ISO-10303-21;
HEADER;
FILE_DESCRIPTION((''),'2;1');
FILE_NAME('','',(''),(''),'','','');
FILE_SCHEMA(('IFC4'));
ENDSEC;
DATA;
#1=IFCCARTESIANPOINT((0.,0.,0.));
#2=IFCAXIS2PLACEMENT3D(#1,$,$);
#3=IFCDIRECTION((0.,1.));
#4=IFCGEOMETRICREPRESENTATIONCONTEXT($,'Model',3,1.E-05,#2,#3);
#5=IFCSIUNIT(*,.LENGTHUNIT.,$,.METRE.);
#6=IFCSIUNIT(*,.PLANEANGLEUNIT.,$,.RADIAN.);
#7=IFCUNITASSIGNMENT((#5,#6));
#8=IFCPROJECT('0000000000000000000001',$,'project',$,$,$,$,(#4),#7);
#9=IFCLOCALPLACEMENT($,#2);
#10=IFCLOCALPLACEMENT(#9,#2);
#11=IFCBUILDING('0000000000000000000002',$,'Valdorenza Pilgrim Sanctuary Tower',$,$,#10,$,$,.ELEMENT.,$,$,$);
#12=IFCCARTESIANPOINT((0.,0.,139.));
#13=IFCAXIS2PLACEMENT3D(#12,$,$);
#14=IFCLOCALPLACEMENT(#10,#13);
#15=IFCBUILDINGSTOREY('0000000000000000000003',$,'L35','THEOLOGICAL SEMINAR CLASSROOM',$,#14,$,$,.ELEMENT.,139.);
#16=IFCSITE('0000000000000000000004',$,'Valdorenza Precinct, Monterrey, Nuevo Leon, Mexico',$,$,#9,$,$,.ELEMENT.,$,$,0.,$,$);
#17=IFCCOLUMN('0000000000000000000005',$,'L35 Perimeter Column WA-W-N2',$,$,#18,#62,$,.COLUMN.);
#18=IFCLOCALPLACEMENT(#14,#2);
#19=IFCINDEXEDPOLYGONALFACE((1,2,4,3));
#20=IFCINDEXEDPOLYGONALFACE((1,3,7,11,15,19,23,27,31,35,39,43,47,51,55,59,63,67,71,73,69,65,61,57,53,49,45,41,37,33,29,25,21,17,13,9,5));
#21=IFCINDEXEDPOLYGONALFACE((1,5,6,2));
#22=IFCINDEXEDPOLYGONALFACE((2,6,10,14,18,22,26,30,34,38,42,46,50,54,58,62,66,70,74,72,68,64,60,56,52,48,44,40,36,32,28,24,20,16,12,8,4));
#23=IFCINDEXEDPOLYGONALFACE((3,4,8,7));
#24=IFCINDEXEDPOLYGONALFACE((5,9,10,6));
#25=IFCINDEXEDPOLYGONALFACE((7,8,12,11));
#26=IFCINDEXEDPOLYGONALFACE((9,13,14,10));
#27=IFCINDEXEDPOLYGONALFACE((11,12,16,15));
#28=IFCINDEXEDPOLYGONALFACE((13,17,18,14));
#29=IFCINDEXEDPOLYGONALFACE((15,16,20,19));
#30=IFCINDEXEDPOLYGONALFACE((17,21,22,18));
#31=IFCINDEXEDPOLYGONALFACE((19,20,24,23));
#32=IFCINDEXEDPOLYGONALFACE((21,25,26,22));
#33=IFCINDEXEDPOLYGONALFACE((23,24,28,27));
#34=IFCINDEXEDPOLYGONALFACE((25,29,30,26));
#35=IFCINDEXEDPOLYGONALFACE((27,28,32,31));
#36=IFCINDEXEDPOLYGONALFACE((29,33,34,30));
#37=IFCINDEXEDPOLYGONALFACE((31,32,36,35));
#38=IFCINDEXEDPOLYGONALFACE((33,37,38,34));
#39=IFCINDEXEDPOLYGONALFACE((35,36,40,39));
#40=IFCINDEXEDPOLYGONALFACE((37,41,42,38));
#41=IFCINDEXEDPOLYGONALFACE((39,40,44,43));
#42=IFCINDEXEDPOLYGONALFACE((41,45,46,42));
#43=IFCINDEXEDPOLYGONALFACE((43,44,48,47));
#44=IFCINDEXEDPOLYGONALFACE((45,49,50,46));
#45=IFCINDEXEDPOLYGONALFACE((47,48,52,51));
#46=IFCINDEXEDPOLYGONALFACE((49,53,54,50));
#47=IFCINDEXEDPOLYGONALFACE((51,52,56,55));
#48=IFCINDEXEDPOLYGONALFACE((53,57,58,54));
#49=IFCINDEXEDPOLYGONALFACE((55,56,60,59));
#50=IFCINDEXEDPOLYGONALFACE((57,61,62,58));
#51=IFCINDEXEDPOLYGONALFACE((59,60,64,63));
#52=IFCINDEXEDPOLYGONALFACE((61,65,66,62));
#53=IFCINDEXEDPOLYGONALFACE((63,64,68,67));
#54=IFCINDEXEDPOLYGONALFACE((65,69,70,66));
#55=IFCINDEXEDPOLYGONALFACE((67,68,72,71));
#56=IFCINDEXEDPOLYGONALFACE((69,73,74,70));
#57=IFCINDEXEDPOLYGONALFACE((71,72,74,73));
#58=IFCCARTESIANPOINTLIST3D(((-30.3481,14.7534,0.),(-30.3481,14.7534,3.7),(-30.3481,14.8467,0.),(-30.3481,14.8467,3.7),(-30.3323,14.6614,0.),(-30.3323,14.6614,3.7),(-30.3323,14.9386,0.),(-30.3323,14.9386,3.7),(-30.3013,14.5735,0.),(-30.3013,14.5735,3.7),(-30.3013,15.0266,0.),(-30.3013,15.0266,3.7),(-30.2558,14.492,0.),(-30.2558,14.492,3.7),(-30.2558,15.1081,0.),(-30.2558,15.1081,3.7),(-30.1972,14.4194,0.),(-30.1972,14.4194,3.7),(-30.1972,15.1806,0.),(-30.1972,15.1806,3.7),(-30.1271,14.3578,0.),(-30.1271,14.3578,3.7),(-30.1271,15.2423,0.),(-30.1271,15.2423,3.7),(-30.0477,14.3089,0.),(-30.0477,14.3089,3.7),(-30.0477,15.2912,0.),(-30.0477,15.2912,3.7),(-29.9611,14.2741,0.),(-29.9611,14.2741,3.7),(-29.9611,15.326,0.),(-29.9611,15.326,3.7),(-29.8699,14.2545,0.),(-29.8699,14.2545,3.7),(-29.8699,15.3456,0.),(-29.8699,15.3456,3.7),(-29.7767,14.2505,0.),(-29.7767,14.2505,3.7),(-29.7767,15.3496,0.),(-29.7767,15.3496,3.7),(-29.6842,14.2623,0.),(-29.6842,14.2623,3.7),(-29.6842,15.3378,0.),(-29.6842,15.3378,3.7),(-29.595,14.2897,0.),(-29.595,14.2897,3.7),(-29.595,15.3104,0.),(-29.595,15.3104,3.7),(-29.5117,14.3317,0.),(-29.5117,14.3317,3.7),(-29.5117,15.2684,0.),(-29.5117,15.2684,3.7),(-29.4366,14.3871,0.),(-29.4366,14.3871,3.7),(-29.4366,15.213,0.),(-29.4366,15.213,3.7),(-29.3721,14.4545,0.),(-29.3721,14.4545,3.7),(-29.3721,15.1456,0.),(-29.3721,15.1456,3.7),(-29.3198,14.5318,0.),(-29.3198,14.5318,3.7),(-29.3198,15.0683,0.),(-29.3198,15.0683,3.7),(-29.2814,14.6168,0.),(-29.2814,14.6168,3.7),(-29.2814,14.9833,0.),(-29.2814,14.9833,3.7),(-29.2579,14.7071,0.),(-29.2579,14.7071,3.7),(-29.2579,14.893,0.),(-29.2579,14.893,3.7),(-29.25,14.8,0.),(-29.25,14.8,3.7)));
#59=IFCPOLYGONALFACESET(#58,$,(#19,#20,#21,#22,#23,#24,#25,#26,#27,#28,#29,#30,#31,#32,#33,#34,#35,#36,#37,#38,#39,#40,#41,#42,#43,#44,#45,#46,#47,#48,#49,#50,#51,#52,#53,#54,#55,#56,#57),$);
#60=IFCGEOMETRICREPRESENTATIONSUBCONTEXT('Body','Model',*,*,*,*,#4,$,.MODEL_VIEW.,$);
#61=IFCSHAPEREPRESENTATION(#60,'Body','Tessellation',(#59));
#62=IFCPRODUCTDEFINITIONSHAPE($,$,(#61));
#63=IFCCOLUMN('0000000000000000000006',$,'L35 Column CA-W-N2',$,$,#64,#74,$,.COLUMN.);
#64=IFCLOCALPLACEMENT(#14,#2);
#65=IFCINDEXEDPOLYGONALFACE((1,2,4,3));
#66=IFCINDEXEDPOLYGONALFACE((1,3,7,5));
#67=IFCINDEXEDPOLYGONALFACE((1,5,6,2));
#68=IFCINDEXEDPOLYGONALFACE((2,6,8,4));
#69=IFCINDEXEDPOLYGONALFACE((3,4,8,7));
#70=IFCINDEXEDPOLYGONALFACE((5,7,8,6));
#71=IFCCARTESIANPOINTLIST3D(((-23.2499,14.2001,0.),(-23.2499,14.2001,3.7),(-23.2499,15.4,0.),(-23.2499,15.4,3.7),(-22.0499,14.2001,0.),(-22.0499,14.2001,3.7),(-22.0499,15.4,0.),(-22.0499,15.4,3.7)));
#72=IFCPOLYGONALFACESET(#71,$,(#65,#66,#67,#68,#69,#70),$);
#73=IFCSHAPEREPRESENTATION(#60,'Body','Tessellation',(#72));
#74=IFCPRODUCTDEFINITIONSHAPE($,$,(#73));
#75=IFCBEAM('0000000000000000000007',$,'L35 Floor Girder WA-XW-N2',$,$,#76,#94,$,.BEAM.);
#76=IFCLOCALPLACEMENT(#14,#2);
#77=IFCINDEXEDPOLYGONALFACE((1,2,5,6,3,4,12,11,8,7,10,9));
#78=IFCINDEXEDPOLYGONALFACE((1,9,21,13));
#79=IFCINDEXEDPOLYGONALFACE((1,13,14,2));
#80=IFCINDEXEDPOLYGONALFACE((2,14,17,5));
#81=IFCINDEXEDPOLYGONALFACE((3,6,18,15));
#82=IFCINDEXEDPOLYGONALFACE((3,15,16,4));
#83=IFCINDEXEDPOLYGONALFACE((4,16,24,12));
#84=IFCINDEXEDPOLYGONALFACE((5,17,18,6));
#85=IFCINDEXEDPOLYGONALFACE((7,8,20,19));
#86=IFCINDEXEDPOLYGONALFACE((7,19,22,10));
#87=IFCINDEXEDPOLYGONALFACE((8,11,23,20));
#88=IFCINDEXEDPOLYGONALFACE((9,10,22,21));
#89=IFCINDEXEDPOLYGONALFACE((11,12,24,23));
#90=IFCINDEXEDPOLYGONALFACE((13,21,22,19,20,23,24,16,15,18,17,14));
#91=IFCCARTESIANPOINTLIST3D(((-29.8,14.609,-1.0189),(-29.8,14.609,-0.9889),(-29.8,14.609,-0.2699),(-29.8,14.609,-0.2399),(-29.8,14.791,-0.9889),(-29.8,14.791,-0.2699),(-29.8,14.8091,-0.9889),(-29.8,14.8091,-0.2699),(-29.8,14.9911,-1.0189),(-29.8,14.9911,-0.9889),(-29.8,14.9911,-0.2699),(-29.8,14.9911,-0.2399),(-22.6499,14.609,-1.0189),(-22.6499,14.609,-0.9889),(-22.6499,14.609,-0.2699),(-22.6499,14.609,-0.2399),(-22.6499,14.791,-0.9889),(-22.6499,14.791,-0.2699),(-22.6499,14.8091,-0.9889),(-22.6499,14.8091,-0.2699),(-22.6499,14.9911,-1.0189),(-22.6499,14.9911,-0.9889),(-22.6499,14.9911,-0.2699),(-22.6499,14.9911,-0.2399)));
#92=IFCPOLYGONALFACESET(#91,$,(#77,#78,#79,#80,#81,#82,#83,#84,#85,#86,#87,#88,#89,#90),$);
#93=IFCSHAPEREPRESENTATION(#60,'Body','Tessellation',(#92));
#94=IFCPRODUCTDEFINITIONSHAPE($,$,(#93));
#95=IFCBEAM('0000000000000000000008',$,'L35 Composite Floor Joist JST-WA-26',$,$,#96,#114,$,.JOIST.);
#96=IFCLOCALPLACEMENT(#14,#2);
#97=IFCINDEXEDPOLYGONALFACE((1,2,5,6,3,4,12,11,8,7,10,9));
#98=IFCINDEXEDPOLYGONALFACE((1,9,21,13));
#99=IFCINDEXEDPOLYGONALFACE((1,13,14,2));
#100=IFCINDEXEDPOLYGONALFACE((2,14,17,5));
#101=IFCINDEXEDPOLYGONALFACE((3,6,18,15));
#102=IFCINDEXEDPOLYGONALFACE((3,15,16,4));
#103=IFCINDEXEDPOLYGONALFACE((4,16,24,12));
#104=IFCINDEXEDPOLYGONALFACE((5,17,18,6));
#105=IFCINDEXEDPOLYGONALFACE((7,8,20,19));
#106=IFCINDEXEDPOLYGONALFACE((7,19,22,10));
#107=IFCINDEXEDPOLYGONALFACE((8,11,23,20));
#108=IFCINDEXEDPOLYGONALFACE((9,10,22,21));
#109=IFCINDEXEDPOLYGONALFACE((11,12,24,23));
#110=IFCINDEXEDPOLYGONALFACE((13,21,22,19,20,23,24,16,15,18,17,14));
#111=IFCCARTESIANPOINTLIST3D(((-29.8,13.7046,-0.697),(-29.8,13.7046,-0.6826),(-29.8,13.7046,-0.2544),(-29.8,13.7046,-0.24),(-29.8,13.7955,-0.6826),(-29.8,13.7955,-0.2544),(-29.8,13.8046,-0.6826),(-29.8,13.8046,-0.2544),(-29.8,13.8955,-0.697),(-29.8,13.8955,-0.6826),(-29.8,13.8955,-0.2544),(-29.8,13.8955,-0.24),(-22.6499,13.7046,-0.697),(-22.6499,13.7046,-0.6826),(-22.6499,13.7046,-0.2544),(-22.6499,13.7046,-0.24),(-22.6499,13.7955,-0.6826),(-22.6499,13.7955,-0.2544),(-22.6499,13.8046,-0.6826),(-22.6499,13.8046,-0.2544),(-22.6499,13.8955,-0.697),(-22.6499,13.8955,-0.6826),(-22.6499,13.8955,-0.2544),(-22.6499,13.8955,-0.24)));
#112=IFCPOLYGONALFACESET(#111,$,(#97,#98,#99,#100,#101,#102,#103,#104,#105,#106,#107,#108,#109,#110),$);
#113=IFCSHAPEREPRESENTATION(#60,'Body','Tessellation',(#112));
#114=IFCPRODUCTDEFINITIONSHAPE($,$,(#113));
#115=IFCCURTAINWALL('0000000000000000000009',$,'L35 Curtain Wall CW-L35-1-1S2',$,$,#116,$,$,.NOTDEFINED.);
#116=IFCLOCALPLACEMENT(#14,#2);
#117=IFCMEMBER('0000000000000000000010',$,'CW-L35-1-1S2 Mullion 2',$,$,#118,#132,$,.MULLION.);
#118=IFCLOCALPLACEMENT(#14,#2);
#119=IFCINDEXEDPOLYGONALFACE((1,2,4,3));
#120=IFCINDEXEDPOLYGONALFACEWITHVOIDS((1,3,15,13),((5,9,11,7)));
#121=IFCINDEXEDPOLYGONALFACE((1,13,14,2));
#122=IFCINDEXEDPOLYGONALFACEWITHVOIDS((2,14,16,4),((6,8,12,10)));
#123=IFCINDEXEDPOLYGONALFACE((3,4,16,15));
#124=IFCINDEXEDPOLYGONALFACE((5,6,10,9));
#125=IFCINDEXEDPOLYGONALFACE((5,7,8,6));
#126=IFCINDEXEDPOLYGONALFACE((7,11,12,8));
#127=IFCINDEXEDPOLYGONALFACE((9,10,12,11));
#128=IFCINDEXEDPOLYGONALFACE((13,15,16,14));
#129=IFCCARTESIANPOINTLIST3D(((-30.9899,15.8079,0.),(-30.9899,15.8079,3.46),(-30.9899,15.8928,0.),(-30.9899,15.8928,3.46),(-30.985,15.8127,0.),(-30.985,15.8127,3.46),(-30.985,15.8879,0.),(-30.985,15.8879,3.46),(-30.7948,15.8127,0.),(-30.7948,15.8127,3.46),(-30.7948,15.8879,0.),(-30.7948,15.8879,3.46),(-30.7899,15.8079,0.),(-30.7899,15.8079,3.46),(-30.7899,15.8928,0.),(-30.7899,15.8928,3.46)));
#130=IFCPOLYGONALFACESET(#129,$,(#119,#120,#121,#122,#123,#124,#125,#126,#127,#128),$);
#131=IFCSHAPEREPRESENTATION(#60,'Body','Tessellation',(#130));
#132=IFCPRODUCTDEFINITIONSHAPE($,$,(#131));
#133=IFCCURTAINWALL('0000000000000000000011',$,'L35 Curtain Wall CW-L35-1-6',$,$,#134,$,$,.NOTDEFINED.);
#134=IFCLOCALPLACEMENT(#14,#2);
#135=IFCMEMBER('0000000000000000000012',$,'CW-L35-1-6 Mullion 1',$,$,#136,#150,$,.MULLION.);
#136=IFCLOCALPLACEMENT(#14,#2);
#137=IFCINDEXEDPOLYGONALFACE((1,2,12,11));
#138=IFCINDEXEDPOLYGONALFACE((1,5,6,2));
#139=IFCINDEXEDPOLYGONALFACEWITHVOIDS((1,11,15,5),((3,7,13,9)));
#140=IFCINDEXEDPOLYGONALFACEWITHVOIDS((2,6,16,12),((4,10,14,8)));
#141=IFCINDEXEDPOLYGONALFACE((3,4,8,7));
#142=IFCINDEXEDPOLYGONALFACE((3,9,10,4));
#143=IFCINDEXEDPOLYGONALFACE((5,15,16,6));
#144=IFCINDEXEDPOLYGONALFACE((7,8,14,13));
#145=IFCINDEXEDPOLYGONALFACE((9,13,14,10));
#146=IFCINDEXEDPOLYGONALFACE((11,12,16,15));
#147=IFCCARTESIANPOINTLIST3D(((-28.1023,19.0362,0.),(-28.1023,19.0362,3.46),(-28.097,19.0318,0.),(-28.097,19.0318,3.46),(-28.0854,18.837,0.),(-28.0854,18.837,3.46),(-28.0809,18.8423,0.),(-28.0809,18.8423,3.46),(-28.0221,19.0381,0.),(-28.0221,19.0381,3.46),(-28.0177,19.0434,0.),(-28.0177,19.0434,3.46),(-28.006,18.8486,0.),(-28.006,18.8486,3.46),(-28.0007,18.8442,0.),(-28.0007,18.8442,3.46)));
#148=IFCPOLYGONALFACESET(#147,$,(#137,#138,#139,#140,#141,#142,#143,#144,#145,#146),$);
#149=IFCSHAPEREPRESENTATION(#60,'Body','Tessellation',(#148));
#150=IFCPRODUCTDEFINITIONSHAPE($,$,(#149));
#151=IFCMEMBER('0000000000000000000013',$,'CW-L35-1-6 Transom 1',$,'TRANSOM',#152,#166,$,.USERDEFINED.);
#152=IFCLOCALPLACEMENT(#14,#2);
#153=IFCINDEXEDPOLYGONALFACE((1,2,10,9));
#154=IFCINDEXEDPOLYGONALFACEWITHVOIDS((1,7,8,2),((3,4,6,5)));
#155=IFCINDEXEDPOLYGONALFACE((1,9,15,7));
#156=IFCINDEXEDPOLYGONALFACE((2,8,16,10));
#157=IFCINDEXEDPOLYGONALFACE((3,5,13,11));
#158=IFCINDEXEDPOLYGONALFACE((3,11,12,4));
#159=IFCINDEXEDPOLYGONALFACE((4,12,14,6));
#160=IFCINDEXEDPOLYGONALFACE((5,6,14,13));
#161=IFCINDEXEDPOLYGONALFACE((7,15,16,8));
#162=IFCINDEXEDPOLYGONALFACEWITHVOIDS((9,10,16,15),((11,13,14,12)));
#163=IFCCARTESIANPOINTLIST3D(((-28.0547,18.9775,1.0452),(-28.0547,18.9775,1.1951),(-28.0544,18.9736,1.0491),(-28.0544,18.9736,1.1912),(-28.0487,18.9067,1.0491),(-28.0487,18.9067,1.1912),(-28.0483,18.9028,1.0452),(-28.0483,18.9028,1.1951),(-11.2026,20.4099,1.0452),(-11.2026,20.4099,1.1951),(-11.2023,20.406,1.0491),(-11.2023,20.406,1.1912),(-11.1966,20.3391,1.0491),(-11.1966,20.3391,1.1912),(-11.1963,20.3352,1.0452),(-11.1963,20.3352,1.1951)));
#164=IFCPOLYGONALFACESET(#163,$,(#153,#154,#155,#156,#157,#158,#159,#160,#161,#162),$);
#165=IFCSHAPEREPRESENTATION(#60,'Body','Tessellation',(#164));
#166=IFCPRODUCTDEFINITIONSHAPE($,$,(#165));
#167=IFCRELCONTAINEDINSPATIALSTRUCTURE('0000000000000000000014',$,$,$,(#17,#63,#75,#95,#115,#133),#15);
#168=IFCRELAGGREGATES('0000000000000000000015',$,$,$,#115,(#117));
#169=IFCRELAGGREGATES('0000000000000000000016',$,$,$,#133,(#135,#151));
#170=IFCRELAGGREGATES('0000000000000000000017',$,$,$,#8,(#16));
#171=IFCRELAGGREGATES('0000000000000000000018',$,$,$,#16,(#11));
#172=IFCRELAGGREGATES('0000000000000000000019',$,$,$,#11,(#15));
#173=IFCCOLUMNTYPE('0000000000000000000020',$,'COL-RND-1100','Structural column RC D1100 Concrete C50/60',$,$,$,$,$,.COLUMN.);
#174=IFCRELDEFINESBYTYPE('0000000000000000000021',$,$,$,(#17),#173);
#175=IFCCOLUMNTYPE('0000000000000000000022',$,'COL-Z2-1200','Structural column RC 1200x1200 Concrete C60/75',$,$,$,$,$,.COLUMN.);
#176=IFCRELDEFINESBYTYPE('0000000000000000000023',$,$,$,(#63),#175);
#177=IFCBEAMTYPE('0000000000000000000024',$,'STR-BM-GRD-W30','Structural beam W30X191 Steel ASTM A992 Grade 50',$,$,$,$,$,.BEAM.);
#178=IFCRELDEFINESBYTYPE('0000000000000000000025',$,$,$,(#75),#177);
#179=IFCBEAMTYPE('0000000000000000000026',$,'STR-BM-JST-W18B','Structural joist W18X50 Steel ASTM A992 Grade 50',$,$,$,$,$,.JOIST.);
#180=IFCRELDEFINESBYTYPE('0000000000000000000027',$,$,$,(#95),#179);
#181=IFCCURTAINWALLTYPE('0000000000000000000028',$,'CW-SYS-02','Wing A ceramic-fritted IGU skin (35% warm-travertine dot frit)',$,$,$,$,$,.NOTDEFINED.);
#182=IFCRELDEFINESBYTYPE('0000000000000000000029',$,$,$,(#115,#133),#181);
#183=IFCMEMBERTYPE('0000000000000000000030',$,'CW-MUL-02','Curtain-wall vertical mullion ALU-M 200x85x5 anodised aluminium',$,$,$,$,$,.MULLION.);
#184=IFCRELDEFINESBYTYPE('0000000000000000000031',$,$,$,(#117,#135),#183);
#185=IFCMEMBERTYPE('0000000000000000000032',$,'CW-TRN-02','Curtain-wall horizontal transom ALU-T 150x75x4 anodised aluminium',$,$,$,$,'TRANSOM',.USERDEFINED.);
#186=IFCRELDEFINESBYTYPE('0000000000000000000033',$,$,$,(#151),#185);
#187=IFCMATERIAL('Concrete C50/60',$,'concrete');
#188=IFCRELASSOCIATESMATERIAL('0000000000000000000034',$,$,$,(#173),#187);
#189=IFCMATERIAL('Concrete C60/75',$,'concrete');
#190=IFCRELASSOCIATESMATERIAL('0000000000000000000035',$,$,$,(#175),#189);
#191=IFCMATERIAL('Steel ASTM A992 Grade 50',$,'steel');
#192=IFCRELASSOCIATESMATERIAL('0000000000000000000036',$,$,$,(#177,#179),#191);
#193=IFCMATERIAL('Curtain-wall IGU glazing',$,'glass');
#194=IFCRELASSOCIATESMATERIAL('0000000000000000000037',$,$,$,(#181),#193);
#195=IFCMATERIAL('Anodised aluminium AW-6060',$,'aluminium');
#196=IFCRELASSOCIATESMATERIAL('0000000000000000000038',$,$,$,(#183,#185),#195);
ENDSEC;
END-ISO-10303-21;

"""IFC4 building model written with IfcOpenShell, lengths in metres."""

from ifc_helpers import new_model, si_unit, direction, frame, origin, origin_2d, place, context, subcontext, project, spatial, rectangle, hollow_rectangle, circle, i_section, extrude, source, transform, mapped, material, material_profile, profile_set, type_object, element, aggregate, save


model = new_model("IFC4")

# Units and contexts
model_context = context("Model", 3, precision=1e-05, world=origin(), true_north=direction((0.0, 1.0)))
body_context = subcontext(model_context, "Body", "Model", "MODEL_VIEW")
ifc_project = project(units=[si_unit("LENGTHUNIT", "METRE"), si_unit("PLANEANGLEUNIT", "RADIAN")], contexts=[model_context])

# Site, building, storey
site_placement = place(None, origin())
site = spatial("IfcSite", under=ifc_project, at=site_placement, Name="Valdorenza Precinct, Monterrey, Nuevo Leon, Mexico", CompositionType="ELEMENT", RefElevation=0.0)
building_placement = place(site_placement, origin())
building = spatial("IfcBuilding", under=site, at=building_placement, Name="Valdorenza Pilgrim Sanctuary Tower", CompositionType="ELEMENT")
storey_placement = place(building_placement, frame((0.0, 0.0, 139.0)))
storey = spatial("IfcBuildingStorey", under=building, at=storey_placement, Name="L35", Description="THEOLOGICAL SEMINAR CLASSROOM", CompositionType="ELEMENT", Elevation=139.0)

# Columns
ifc_material_1 = material(Name="Concrete C50/60", Category="concrete")
ifc_material_profile_1 = material_profile(ifc_material_1, circle(Radius=0.55, at=origin_2d()), Name="RC D1100")
ifc_profile_set_1 = profile_set([ifc_material_profile_1], Name="Concrete C50/60")
column_type_1 = type_object("IfcColumnType", Name="COL-RND-1100", Description="Structural column RC D1100 Concrete C50/60", PredefinedType="COLUMN", material=ifc_profile_set_1)
shared_shape_1 = source(origin(), body_context, "Body", "SweptSolid", [
    extrude(circle(Radius=0.55, at=origin_2d()), origin(), (0.0, 0.0, 1.0), 3.7),
])
column_1_placement = place(storey_placement, frame((-29.8, 14.8, 0.0), z_axis=(0.0, 0.0, 1.0), x_axis=(1.0, 0.0, 0.0)))
element("IfcColumn", 1, at=column_1_placement, inside=storey, type_object=column_type_1, Name="L35 Perimeter Column WA-W-N2", PredefinedType="COLUMN", context=body_context, shape_type="MappedRepresentation", body=[
    mapped(shared_shape_1, transform((0.0, 0.0, 0.0), x_axis=(1.0, 0.0, 0.0), y_axis=(0.0, 1.0, 0.0), z_axis=(0.0, 0.0, 1.0), scale=1.0)),
])
ifc_material_2 = material(Name="Concrete C60/75", Category="concrete")
ifc_material_profile_2 = material_profile(ifc_material_2, rectangle(XDim=1.2, YDim=1.2, at=origin_2d()), Name="RC 1200x1200")
ifc_profile_set_2 = profile_set([ifc_material_profile_2], Name="Concrete C60/75")
column_type_2 = type_object("IfcColumnType", Name="COL-Z2-1200", Description="Structural column RC 1200x1200 Concrete C60/75", PredefinedType="COLUMN", material=ifc_profile_set_2)
shared_shape_2 = source(origin(), body_context, "Body", "SweptSolid", [
    extrude(rectangle(XDim=1.2, YDim=1.2, at=origin_2d()), origin(), (0.0, 0.0, 1.0), 3.7),
])
column_2_placement = place(storey_placement, frame((-22.6499, 14.8, 0.0), z_axis=(0.0, 0.0, 1.0), x_axis=(1.0, 0.0, 0.0)))
element("IfcColumn", 2, at=column_2_placement, inside=storey, type_object=column_type_2, Name="L35 Column CA-W-N2", PredefinedType="COLUMN", context=body_context, shape_type="MappedRepresentation", body=[
    mapped(shared_shape_2, transform((0.0, 0.0, 0.0), x_axis=(1.0, 0.0, 0.0), y_axis=(0.0, 1.0, 0.0), z_axis=(0.0, 0.0, 1.0), scale=1.0)),
])

# Beams
ifc_material_3 = material(Name="Steel ASTM A992 Grade 50", Category="steel")
ifc_material_profile_3 = material_profile(ifc_material_3, i_section(OverallWidth=0.3821, OverallDepth=0.7791, WebThickness=0.0181, FlangeThickness=0.03, at=origin_2d()), Name="W30X191")
ifc_profile_set_3 = profile_set([ifc_material_profile_3], Name="Steel ASTM A992 Grade 50")
beam_type_1 = type_object("IfcBeamType", Name="STR-BM-GRD-W30", Description="Structural beam W30X191 Steel ASTM A992 Grade 50", PredefinedType="BEAM", material=ifc_profile_set_3)
shared_shape_3 = source(origin(), body_context, "Body", "SweptSolid", [
    extrude(i_section(OverallWidth=0.3821, OverallDepth=0.7791, WebThickness=0.0181, FlangeThickness=0.03, at=origin_2d()), origin(), (0.0, 0.0, 1.0), 7.1501),
])
beam_1_placement = place(storey_placement, frame((-29.8, 14.8, -0.6294), z_axis=(1.0, 0.0, 0.0), x_axis=(0.0, 1.0, 0.0)))
element("IfcBeam", 3, at=beam_1_placement, inside=storey, type_object=beam_type_1, Name="L35 Floor Girder WA-XW-N2", PredefinedType="BEAM", context=body_context, shape_type="MappedRepresentation", body=[
    mapped(shared_shape_3, transform((0.0, 0.0, 0.0), x_axis=(1.0, 0.0, 0.0), y_axis=(0.0, 1.0, 0.0), z_axis=(0.0, 0.0, 1.0), scale=1.0)),
])
ifc_material_profile_4 = material_profile(ifc_material_3, i_section(OverallWidth=0.1909, OverallDepth=0.457, WebThickness=0.009, FlangeThickness=0.0144, at=origin_2d()), Name="W18X50")
ifc_profile_set_4 = profile_set([ifc_material_profile_4], Name="Steel ASTM A992 Grade 50")
beam_type_2 = type_object("IfcBeamType", Name="STR-BM-JST-W18B", Description="Structural joist W18X50 Steel ASTM A992 Grade 50", PredefinedType="JOIST", material=ifc_profile_set_4)
shared_shape_4 = source(origin(), body_context, "Body", "SweptSolid", [
    extrude(i_section(OverallWidth=0.1909, OverallDepth=0.457, WebThickness=0.009, FlangeThickness=0.0144, at=origin_2d()), origin(), (0.0, 0.0, 1.0), 7.1501),
])
beam_2_placement = place(storey_placement, frame((-29.8, 13.8, -0.4685), z_axis=(1.0, 0.0, 0.0), x_axis=(0.0, 1.0, 0.0)))
element("IfcBeam", 4, at=beam_2_placement, inside=storey, type_object=beam_type_2, Name="L35 Composite Floor Joist JST-WA-26", PredefinedType="JOIST", context=body_context, shape_type="MappedRepresentation", body=[
    mapped(shared_shape_4, transform((0.0, 0.0, 0.0), x_axis=(1.0, 0.0, 0.0), y_axis=(0.0, 1.0, 0.0), z_axis=(0.0, 0.0, 1.0), scale=1.0)),
])

# Curtain wall, member
ifc_material_4 = material(Name="Curtain-wall IGU glazing", Category="glass")
curtain_wall_type = type_object("IfcCurtainWallType", Name="CW-SYS-02", Description="Wing A ceramic-fritted IGU skin (35% warm-travertine dot frit)", PredefinedType="NOTDEFINED", material=ifc_material_4)
curtain_wall_1_placement = place(storey_placement, origin())
curtain_wall_1 = element("IfcCurtainWall", 5, at=curtain_wall_1_placement, inside=storey, type_object=curtain_wall_type, Name="L35 Curtain Wall CW-L35-1-1S2", PredefinedType="NOTDEFINED")
ifc_material_5 = material(Name="Anodised aluminium AW-6060", Category="aluminium")
ifc_material_profile_5 = material_profile(ifc_material_5, hollow_rectangle(XDim=0.085, YDim=0.2, WallThickness=0.0049, at=origin_2d()), Name="ALU-M 200x85x5")
ifc_profile_set_5 = profile_set([ifc_material_profile_5], Name="Anodised aluminium AW-6060")
member_type_1 = type_object("IfcMemberType", Name="CW-MUL-02", Description="Curtain-wall vertical mullion ALU-M 200x85x5 anodised aluminium", PredefinedType="MULLION", material=ifc_profile_set_5)
shared_shape_5 = source(origin(), body_context, "Body", "SweptSolid", [
    extrude(hollow_rectangle(XDim=0.085, YDim=0.2, WallThickness=0.0049, at=origin_2d()), origin(), (0.0, 0.0, 1.0), 3.46),
])
member_1_placement = place(storey_placement, frame((-30.8899, 15.8503, 0.0), z_axis=(0.0, 0.0, 1.0), x_axis=(0.0, 1.0, 0.0)))
member_1 = element("IfcMember", 6, at=member_1_placement, type_object=member_type_1, Name="CW-L35-1-1S2 Mullion 2", PredefinedType="MULLION", context=body_context, shape_type="MappedRepresentation", body=[
    mapped(shared_shape_5, transform((0.0, 0.0, 0.0), x_axis=(1.0, 0.0, 0.0), y_axis=(0.0, 1.0, 0.0), z_axis=(0.0, 0.0, 1.0), scale=1.0)),
])

# Curtain wall, members
curtain_wall_2_placement = place(storey_placement, origin())
curtain_wall_2 = element("IfcCurtainWall", 7, at=curtain_wall_2_placement, inside=storey, type_object=curtain_wall_type, Name="L35 Curtain Wall CW-L35-1-6", PredefinedType="NOTDEFINED")
member_2_placement = place(storey_placement, frame((-28.0515, 18.9402, 0.0), z_axis=(0.0, 0.0, 1.0), x_axis=(0.996408, 0.084687, 0.0)))
member_2 = element("IfcMember", 8, at=member_2_placement, type_object=member_type_1, Name="CW-L35-1-6 Mullion 1", PredefinedType="MULLION", context=body_context, shape_type="MappedRepresentation", body=[
    mapped(shared_shape_5, transform((0.0, 0.0, 0.0), x_axis=(1.0, 0.0, 0.0), y_axis=(0.0, 1.0, 0.0), z_axis=(0.0, 0.0, 1.0), scale=1.0)),
])
ifc_material_profile_6 = material_profile(ifc_material_5, hollow_rectangle(XDim=0.075, YDim=0.1499, WallThickness=0.0039, at=origin_2d()), Name="ALU-T 150x75x4")
ifc_profile_set_6 = profile_set([ifc_material_profile_6], Name="Anodised aluminium AW-6060")
member_type_2 = type_object("IfcMemberType", Name="CW-TRN-02", Description="Curtain-wall horizontal transom ALU-T 150x75x4 anodised aluminium", ElementType="TRANSOM", PredefinedType="USERDEFINED", material=ifc_profile_set_6)
shared_shape_6 = source(origin(), body_context, "Body", "SweptSolid", [
    extrude(hollow_rectangle(XDim=0.075, YDim=0.1499, WallThickness=0.0039, at=origin_2d()), origin(), (0.0, 0.0, 1.0), 16.9128),
])
member_3_placement = place(storey_placement, frame((-28.0515, 18.9402, 1.1201), z_axis=(0.996407, 0.084692, 0.0), x_axis=(-0.084692, 0.996407, 0.0)))
member_3 = element("IfcMember", 9, at=member_3_placement, type_object=member_type_2, Name="CW-L35-1-6 Transom 1", ObjectType="TRANSOM", PredefinedType="USERDEFINED", context=body_context, shape_type="MappedRepresentation", body=[
    mapped(shared_shape_6, transform((0.0, 0.0, 0.0), x_axis=(1.0, 0.0, 0.0), y_axis=(0.0, 1.0, 0.0), z_axis=(0.0, 0.0, 1.0), scale=1.0)),
])

aggregate(curtain_wall_1, [member_1])
aggregate(curtain_wall_2, [member_2, member_3])

save(model, "model.ifc")
